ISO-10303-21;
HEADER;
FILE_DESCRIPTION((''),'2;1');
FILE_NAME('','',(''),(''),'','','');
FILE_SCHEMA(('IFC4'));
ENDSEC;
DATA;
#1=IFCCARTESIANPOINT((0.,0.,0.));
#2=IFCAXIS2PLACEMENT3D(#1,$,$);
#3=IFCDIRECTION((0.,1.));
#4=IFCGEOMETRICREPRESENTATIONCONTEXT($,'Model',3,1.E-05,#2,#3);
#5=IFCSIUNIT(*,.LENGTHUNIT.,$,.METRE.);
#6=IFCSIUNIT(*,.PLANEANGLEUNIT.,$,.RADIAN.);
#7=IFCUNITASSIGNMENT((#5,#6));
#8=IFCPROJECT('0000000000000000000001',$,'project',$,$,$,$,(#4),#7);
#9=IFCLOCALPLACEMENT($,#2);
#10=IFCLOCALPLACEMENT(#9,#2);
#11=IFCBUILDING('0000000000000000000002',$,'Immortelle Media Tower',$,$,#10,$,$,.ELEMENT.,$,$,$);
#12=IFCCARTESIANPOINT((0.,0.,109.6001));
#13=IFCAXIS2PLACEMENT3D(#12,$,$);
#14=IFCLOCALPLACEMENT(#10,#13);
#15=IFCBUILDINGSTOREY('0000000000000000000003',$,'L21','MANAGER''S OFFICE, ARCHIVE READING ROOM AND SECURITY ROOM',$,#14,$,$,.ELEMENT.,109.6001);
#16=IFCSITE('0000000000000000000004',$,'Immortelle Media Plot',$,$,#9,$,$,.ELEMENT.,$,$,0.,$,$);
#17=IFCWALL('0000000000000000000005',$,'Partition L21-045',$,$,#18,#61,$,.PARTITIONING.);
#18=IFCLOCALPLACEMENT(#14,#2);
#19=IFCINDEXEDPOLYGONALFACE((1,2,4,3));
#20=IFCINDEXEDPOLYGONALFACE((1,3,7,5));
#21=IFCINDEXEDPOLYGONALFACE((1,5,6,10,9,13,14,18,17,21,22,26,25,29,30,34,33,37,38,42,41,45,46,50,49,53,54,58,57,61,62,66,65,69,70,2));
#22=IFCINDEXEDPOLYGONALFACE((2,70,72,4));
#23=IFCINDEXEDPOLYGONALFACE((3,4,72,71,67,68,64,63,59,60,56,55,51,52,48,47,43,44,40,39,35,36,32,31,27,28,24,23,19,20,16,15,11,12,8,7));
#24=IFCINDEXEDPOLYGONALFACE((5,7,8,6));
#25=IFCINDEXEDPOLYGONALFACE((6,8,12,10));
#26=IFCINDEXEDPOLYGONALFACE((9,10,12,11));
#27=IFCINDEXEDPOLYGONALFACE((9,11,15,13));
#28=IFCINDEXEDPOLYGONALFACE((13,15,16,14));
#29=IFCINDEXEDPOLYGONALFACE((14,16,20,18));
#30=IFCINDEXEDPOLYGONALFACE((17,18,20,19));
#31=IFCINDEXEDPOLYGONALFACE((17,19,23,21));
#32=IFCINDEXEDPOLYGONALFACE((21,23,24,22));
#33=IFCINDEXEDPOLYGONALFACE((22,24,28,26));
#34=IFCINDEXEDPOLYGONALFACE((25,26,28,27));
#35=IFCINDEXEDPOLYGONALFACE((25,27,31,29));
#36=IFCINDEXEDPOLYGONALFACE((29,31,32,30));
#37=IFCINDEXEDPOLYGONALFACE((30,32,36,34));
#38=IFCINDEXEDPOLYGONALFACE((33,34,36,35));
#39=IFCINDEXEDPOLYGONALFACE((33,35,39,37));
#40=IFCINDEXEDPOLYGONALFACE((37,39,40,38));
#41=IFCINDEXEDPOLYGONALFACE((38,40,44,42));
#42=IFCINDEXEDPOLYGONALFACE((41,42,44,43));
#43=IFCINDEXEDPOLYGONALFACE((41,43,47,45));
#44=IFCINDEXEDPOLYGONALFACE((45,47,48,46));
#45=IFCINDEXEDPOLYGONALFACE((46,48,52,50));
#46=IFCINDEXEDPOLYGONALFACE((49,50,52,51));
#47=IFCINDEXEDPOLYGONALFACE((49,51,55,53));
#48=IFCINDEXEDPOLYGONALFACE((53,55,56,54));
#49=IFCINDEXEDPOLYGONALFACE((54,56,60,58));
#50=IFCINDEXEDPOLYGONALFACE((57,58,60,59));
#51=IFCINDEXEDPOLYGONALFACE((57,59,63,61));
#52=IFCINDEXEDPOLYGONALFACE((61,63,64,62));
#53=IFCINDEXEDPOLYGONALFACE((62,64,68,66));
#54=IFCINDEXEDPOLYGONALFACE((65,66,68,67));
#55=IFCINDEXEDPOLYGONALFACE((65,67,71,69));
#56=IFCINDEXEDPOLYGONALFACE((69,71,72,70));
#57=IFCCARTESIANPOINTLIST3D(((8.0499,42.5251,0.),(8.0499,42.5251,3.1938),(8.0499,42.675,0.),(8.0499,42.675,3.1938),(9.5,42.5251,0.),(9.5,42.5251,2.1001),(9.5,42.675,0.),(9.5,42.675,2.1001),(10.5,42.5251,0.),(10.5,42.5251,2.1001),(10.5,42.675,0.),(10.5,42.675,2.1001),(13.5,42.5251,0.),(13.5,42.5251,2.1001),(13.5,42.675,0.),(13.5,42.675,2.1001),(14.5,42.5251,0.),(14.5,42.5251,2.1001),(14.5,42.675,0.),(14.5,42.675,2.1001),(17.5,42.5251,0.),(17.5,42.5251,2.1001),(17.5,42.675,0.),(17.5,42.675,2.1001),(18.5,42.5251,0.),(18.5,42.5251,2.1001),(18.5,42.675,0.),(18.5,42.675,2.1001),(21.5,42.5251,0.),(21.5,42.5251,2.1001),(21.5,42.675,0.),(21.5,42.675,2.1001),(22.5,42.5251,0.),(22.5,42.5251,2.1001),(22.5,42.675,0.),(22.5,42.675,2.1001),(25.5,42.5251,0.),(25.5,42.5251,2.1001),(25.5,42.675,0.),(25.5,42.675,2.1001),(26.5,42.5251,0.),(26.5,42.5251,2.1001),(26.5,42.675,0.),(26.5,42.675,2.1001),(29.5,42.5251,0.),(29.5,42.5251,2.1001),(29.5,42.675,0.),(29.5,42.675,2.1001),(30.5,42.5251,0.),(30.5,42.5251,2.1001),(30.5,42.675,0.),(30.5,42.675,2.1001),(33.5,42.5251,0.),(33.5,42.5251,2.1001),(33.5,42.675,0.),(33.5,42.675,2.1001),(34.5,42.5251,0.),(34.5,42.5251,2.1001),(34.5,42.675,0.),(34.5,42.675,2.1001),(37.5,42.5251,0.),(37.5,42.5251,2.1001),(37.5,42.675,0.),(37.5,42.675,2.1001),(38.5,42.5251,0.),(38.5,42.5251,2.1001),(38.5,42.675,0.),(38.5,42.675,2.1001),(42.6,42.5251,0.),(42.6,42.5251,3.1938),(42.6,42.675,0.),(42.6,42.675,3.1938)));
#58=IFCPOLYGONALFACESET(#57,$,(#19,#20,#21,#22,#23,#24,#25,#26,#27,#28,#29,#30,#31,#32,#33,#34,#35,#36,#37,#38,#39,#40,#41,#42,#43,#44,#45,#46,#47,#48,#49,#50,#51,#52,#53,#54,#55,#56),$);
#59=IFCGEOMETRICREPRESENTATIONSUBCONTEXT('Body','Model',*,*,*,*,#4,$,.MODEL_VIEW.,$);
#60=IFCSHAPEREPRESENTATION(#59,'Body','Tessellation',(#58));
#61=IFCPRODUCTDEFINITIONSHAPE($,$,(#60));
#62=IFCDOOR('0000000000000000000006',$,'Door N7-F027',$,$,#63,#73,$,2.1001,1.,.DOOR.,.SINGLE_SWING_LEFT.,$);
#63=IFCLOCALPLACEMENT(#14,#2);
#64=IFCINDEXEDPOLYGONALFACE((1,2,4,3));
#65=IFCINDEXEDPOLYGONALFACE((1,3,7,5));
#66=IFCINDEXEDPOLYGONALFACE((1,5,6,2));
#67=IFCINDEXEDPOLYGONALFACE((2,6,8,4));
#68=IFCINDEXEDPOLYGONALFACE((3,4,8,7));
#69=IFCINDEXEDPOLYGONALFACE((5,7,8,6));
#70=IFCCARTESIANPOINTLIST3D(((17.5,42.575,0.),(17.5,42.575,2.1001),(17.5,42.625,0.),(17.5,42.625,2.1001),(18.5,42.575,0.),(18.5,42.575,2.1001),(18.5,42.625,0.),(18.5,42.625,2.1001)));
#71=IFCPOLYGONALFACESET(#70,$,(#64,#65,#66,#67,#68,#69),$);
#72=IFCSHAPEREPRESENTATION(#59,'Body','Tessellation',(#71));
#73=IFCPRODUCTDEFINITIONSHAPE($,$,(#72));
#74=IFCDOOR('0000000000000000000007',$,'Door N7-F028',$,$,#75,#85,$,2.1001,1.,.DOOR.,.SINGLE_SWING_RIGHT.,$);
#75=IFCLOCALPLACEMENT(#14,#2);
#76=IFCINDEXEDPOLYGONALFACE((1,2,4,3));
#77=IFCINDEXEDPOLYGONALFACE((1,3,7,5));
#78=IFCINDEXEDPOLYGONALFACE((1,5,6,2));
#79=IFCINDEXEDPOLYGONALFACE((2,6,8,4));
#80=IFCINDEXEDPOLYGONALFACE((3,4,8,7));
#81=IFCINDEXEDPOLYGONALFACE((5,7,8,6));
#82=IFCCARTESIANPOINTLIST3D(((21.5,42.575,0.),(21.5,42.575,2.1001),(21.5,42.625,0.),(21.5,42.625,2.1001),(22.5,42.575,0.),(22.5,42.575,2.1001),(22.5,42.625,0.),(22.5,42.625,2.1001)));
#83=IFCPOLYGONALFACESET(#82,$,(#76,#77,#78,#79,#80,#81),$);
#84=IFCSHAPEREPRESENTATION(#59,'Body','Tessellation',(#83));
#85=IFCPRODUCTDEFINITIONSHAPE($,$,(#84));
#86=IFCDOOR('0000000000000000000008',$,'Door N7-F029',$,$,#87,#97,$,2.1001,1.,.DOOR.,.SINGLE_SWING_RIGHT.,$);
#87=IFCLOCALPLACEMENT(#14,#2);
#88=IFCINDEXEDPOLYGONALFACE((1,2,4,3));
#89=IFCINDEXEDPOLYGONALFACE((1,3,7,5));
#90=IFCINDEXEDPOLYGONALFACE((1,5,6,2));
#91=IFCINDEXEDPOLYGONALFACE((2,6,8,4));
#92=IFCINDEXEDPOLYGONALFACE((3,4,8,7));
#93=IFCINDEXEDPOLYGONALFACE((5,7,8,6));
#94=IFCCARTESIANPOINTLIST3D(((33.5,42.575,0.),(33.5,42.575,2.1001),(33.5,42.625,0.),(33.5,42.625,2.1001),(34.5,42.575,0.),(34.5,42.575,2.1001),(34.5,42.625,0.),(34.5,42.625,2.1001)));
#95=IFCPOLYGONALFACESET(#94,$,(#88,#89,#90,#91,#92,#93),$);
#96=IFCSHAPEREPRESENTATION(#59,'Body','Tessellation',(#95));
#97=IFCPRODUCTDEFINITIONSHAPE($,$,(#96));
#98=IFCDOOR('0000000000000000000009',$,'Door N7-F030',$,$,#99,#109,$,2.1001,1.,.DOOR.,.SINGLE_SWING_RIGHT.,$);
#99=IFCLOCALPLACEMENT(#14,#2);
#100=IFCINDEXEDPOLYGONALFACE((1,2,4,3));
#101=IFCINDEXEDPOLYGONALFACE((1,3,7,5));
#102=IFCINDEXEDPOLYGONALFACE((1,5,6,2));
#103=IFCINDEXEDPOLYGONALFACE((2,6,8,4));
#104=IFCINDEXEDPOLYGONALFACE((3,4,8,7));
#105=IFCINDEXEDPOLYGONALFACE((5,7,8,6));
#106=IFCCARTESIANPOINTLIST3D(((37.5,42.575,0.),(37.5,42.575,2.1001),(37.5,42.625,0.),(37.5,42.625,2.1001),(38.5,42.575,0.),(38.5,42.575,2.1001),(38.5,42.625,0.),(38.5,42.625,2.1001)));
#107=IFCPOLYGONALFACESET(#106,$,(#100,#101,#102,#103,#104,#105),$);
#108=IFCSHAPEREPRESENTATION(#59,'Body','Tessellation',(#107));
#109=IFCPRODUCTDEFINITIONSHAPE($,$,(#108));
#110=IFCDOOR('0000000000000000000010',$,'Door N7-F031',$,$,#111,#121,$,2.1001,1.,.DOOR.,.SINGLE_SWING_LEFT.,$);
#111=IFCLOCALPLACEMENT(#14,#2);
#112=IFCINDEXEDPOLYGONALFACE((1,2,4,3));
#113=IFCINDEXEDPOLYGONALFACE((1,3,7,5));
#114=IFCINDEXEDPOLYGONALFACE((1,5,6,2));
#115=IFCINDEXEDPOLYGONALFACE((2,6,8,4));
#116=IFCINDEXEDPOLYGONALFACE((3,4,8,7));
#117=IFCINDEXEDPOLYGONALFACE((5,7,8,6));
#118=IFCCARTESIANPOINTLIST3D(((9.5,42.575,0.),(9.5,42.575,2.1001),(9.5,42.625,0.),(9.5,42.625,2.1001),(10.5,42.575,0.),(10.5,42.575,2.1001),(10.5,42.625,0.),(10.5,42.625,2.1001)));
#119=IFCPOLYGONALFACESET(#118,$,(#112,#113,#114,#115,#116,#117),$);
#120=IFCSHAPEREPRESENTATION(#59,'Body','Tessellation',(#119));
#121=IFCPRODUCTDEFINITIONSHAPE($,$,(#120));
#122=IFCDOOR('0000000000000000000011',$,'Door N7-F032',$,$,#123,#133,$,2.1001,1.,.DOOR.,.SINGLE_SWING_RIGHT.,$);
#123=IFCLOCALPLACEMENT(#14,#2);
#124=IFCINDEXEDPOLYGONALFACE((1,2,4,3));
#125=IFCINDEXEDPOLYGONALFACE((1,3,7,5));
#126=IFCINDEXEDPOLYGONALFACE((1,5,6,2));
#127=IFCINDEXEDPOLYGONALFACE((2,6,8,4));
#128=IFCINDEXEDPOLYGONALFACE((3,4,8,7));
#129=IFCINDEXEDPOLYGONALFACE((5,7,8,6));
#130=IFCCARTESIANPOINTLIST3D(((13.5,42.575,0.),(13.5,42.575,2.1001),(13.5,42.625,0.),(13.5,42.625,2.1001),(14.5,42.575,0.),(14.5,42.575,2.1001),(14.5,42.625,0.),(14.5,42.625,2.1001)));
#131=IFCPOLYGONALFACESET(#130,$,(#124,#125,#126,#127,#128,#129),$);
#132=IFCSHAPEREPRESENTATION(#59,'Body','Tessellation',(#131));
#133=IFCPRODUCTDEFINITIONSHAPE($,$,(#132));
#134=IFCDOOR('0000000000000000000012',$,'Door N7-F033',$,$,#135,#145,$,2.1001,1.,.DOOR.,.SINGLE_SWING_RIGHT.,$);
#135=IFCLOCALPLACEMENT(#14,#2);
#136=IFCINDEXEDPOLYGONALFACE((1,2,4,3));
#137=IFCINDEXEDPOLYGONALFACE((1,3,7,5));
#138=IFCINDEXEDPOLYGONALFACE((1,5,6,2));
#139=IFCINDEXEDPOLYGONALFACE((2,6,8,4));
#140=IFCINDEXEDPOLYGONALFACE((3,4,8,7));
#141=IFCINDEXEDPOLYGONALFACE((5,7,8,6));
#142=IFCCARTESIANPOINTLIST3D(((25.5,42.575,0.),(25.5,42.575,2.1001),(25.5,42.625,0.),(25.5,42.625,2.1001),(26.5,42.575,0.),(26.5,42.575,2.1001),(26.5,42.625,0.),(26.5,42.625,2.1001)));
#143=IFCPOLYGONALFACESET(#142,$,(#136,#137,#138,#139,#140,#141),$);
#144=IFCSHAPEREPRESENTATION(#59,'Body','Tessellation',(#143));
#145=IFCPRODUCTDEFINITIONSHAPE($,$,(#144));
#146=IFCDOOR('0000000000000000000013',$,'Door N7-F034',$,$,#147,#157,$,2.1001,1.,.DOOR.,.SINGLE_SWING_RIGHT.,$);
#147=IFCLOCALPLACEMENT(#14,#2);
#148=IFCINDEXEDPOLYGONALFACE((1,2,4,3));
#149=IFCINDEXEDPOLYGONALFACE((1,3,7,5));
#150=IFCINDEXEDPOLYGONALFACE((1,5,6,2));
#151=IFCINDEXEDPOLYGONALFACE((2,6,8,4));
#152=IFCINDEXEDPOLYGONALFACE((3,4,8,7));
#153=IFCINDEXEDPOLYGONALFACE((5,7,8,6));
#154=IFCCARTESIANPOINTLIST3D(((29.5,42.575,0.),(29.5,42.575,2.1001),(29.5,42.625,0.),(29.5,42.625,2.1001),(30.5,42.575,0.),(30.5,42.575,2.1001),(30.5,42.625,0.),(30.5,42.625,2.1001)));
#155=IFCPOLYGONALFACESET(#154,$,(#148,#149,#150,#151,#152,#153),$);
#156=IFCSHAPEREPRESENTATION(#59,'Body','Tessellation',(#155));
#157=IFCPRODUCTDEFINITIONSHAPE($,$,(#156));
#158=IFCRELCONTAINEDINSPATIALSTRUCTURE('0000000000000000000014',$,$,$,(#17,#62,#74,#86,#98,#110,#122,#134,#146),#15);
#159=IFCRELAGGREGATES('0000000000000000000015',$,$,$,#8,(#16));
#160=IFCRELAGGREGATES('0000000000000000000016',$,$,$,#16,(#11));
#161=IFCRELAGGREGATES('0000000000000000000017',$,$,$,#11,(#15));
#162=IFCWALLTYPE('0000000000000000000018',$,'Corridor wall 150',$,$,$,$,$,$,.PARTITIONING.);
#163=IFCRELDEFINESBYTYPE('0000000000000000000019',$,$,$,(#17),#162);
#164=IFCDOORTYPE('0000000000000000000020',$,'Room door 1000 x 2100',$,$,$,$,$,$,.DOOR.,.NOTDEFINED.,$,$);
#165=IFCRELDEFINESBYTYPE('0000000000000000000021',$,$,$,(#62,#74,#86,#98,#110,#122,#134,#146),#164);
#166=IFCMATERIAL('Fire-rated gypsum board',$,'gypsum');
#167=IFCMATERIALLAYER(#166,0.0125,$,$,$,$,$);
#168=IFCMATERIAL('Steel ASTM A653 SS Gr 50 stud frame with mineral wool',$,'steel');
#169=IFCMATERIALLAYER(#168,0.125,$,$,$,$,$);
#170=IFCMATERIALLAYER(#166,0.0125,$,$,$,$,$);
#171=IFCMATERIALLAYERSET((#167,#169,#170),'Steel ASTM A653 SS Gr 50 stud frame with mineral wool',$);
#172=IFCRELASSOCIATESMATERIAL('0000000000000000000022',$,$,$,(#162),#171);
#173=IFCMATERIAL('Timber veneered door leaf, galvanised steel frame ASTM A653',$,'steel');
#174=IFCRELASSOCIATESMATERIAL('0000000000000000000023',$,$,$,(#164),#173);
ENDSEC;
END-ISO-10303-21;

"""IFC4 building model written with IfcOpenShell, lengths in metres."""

from ifc_helpers import new_model, si_unit, direction, frame, frame_2d, origin, place, context, subcontext, project, spatial, rectangle, extrude, material, layer, layer_set, type_object, element, fill, save


model = new_model("IFC4")

# Units and contexts
model_context = context("Model", 3, precision=1e-05, world=origin(), true_north=direction((0.0, 1.0)))
body_context = subcontext(model_context, "Body", "Model", "MODEL_VIEW")
ifc_project = project(units=[si_unit("LENGTHUNIT", "METRE"), si_unit("PLANEANGLEUNIT", "RADIAN")], contexts=[model_context])

# Site, building, storey
site_placement = place(None, origin())
site = spatial("IfcSite", under=ifc_project, at=site_placement, Name="Immortelle Media Plot", CompositionType="ELEMENT", RefElevation=0.0)
building_placement = place(site_placement, origin())
building = spatial("IfcBuilding", under=site, at=building_placement, Name="Immortelle Media Tower", CompositionType="ELEMENT")
storey_placement = place(building_placement, frame((0.0, 0.0, 109.6001)))
storey = spatial("IfcBuildingStorey", under=building, at=storey_placement, Name="L21", Description="MANAGER'S OFFICE, ARCHIVE READING ROOM AND SECURITY ROOM", CompositionType="ELEMENT", Elevation=109.6001)

# Wall, openings, doors
ifc_material_1 = material(Name="Fire-rated gypsum board", Category="gypsum")
ifc_layer_1 = layer(ifc_material_1, 0.0125)
ifc_material_2 = material(Name="Steel ASTM A653 SS Gr 50 stud frame with mineral wool", Category="steel")
ifc_layer_2 = layer(ifc_material_2, 0.125)
ifc_layer_3 = layer(ifc_material_1, 0.0125)
ifc_layer_set_1 = layer_set([ifc_layer_1, ifc_layer_2, ifc_layer_3], Name="Steel ASTM A653 SS Gr 50 stud frame with mineral wool")
wall_type_1 = type_object("IfcWallType", Name="Corridor wall 150", PredefinedType="PARTITIONING", material=ifc_layer_set_1)
wall_1_placement = place(storey_placement, frame((8.05, 42.6001, 0.0), z_axis=(0.0, 0.0, 1.0), x_axis=(1.0, 0.0, 0.0)))
wall_1 = element("IfcWall", 1, at=wall_1_placement, inside=storey, type_object=wall_type_1, Name="Partition L21-045", PredefinedType="PARTITIONING", context=body_context, shape_type="SweptSolid", body=[
    extrude(rectangle(XDim=34.55, YDim=0.1499, at=frame_2d((17.2749, 0.0))), origin(), (0.0, 0.0, 1.0), 3.1938),
])
opening_1_placement = place(wall_1_placement, frame((9.45, 0.0, 0.0)))
opening_1 = element("IfcOpeningElement", 2, at=opening_1_placement, cuts=wall_1, PredefinedType="OPENING", context=body_context, shape_type="SweptSolid", body=[
    extrude(rectangle(XDim=1.0, YDim=2.1001, at=frame_2d((0.5, 1.05))), frame((0.0, 0.085, 0.0), z_axis=(0.0, -1.0, 0.0), x_axis=(1.0, 0.0, 0.0)), (0.0, 0.0, 1.0), 0.1699),
])
opening_2_placement = place(wall_1_placement, frame((13.45, 0.0, 0.0)))
opening_2 = element("IfcOpeningElement", 3, at=opening_2_placement, cuts=wall_1, PredefinedType="OPENING", context=body_context, shape_type="SweptSolid", body=[
    extrude(rectangle(XDim=1.0, YDim=2.1001, at=frame_2d((0.5, 1.05))), frame((0.0, 0.085, 0.0), z_axis=(0.0, -1.0, 0.0), x_axis=(1.0, 0.0, 0.0)), (0.0, 0.0, 1.0), 0.1699),
])
opening_3_placement = place(wall_1_placement, frame((25.45, 0.0, 0.0)))
opening_3 = element("IfcOpeningElement", 4, at=opening_3_placement, cuts=wall_1, PredefinedType="OPENING", context=body_context, shape_type="SweptSolid", body=[
    extrude(rectangle(XDim=1.0, YDim=2.1001, at=frame_2d((0.5, 1.05))), frame((0.0, 0.085, 0.0), z_axis=(0.0, -1.0, 0.0), x_axis=(1.0, 0.0, 0.0)), (0.0, 0.0, 1.0), 0.1699),
])
opening_4_placement = place(wall_1_placement, frame((29.45, 0.0, 0.0)))
opening_4 = element("IfcOpeningElement", 5, at=opening_4_placement, cuts=wall_1, PredefinedType="OPENING", context=body_context, shape_type="SweptSolid", body=[
    extrude(rectangle(XDim=1.0, YDim=2.1001, at=frame_2d((0.5, 1.05))), frame((0.0, 0.085, 0.0), z_axis=(0.0, -1.0, 0.0), x_axis=(1.0, 0.0, 0.0)), (0.0, 0.0, 1.0), 0.1699),
])
opening_5_placement = place(wall_1_placement, frame((1.45, 0.0, 0.0)))
opening_5 = element("IfcOpeningElement", 6, at=opening_5_placement, cuts=wall_1, PredefinedType="OPENING", context=body_context, shape_type="SweptSolid", body=[
    extrude(rectangle(XDim=1.0, YDim=2.1001, at=frame_2d((0.5, 1.05))), frame((0.0, 0.085, 0.0), z_axis=(0.0, -1.0, 0.0), x_axis=(1.0, 0.0, 0.0)), (0.0, 0.0, 1.0), 0.1699),
])
opening_6_placement = place(wall_1_placement, frame((5.45, 0.0, 0.0)))
opening_6 = element("IfcOpeningElement", 7, at=opening_6_placement, cuts=wall_1, PredefinedType="OPENING", context=body_context, shape_type="SweptSolid", body=[
    extrude(rectangle(XDim=1.0, YDim=2.1001, at=frame_2d((0.5, 1.05))), frame((0.0, 0.085, 0.0), z_axis=(0.0, -1.0, 0.0), x_axis=(1.0, 0.0, 0.0)), (0.0, 0.0, 1.0), 0.1699),
])
opening_7_placement = place(wall_1_placement, frame((17.45, 0.0, 0.0)))
opening_7 = element("IfcOpeningElement", 8, at=opening_7_placement, cuts=wall_1, PredefinedType="OPENING", context=body_context, shape_type="SweptSolid", body=[
    extrude(rectangle(XDim=1.0, YDim=2.1001, at=frame_2d((0.5, 1.05))), frame((0.0, 0.085, 0.0), z_axis=(0.0, -1.0, 0.0), x_axis=(1.0, 0.0, 0.0)), (0.0, 0.0, 1.0), 0.1699),
])
opening_8_placement = place(wall_1_placement, frame((21.45, 0.0, 0.0)))
opening_8 = element("IfcOpeningElement", 9, at=opening_8_placement, cuts=wall_1, PredefinedType="OPENING", context=body_context, shape_type="SweptSolid", body=[
    extrude(rectangle(XDim=1.0, YDim=2.1001, at=frame_2d((0.5, 1.05))), frame((0.0, 0.085, 0.0), z_axis=(0.0, -1.0, 0.0), x_axis=(1.0, 0.0, 0.0)), (0.0, 0.0, 1.0), 0.1699),
])
ifc_material_3 = material(Name="Timber veneered door leaf, galvanised steel frame ASTM A653", Category="steel")
door_type = type_object("IfcDoorType", Name="Room door 1000 x 2100", OperationType="NOTDEFINED", PredefinedType="DOOR", material=ifc_material_3)
door_1_placement = place(opening_1_placement, origin())
door_1 = element("IfcDoor", 10, at=door_1_placement, inside=storey, type_object=door_type, Name="Door N7-F027", OperationType="SINGLE_SWING_LEFT", OverallHeight=2.1001, OverallWidth=1.0, PredefinedType="DOOR", context=body_context, shape_type="SweptSolid", body=[
    extrude(rectangle(XDim=1.0, YDim=2.1001, at=frame_2d((0.5, 1.05))), frame((0.0, 0.0249, 0.0), z_axis=(0.0, -1.0, 0.0), x_axis=(1.0, 0.0, 0.0)), (0.0, 0.0, 1.0), 0.05),
])
fill(opening_1, door_1)
door_2_placement = place(opening_2_placement, origin())
door_2 = element("IfcDoor", 11, at=door_2_placement, inside=storey, type_object=door_type, Name="Door N7-F028", OperationType="SINGLE_SWING_RIGHT", OverallHeight=2.1001, OverallWidth=1.0, PredefinedType="DOOR", context=body_context, shape_type="SweptSolid", body=[
    extrude(rectangle(XDim=1.0, YDim=2.1001, at=frame_2d((0.5, 1.05))), frame((0.0, 0.0249, 0.0), z_axis=(0.0, -1.0, 0.0), x_axis=(1.0, 0.0, 0.0)), (0.0, 0.0, 1.0), 0.05),
])
fill(opening_2, door_2)
door_3_placement = place(opening_3_placement, origin())
door_3 = element("IfcDoor", 12, at=door_3_placement, inside=storey, type_object=door_type, Name="Door N7-F029", OperationType="SINGLE_SWING_RIGHT", OverallHeight=2.1001, OverallWidth=1.0, PredefinedType="DOOR", context=body_context, shape_type="SweptSolid", body=[
    extrude(rectangle(XDim=1.0, YDim=2.1001, at=frame_2d((0.5, 1.05))), frame((0.0, 0.0249, 0.0), z_axis=(0.0, -1.0, 0.0), x_axis=(1.0, 0.0, 0.0)), (0.0, 0.0, 1.0), 0.05),
])
fill(opening_3, door_3)
door_4_placement = place(opening_4_placement, origin())
door_4 = element("IfcDoor", 13, at=door_4_placement, inside=storey, type_object=door_type, Name="Door N7-F030", OperationType="SINGLE_SWING_RIGHT", OverallHeight=2.1001, OverallWidth=1.0, PredefinedType="DOOR", context=body_context, shape_type="SweptSolid", body=[
    extrude(rectangle(XDim=1.0, YDim=2.1001, at=frame_2d((0.5, 1.05))), frame((0.0, 0.0249, 0.0), z_axis=(0.0, -1.0, 0.0), x_axis=(1.0, 0.0, 0.0)), (0.0, 0.0, 1.0), 0.05),
])
fill(opening_4, door_4)
door_5_placement = place(opening_5_placement, origin())
door_5 = element("IfcDoor", 14, at=door_5_placement, inside=storey, type_object=door_type, Name="Door N7-F031", OperationType="SINGLE_SWING_LEFT", OverallHeight=2.1001, OverallWidth=1.0, PredefinedType="DOOR", context=body_context, shape_type="SweptSolid", body=[
    extrude(rectangle(XDim=1.0, YDim=2.1001, at=frame_2d((0.5, 1.05))), frame((0.0, 0.0249, 0.0), z_axis=(0.0, -1.0, 0.0), x_axis=(1.0, 0.0, 0.0)), (0.0, 0.0, 1.0), 0.05),
])
fill(opening_5, door_5)
door_6_placement = place(opening_6_placement, origin())
door_6 = element("IfcDoor", 15, at=door_6_placement, inside=storey, type_object=door_type, Name="Door N7-F032", OperationType="SINGLE_SWING_RIGHT", OverallHeight=2.1001, OverallWidth=1.0, PredefinedType="DOOR", context=body_context, shape_type="SweptSolid", body=[
    extrude(rectangle(XDim=1.0, YDim=2.1001, at=frame_2d((0.5, 1.05))), frame((0.0, 0.0249, 0.0), z_axis=(0.0, -1.0, 0.0), x_axis=(1.0, 0.0, 0.0)), (0.0, 0.0, 1.0), 0.05),
])
fill(opening_6, door_6)
door_7_placement = place(opening_7_placement, origin())
door_7 = element("IfcDoor", 16, at=door_7_placement, inside=storey, type_object=door_type, Name="Door N7-F033", OperationType="SINGLE_SWING_RIGHT", OverallHeight=2.1001, OverallWidth=1.0, PredefinedType="DOOR", context=body_context, shape_type="SweptSolid", body=[
    extrude(rectangle(XDim=1.0, YDim=2.1001, at=frame_2d((0.5, 1.05))), frame((0.0, 0.0249, 0.0), z_axis=(0.0, -1.0, 0.0), x_axis=(1.0, 0.0, 0.0)), (0.0, 0.0, 1.0), 0.05),
])
fill(opening_7, door_7)
door_8_placement = place(opening_8_placement, origin())
door_8 = element("IfcDoor", 17, at=door_8_placement, inside=storey, type_object=door_type, Name="Door N7-F034", OperationType="SINGLE_SWING_RIGHT", OverallHeight=2.1001, OverallWidth=1.0, PredefinedType="DOOR", context=body_context, shape_type="SweptSolid", body=[
    extrude(rectangle(XDim=1.0, YDim=2.1001, at=frame_2d((0.5, 1.05))), frame((0.0, 0.0249, 0.0), z_axis=(0.0, -1.0, 0.0), x_axis=(1.0, 0.0, 0.0)), (0.0, 0.0, 1.0), 0.05),
])
fill(opening_8, door_8)

save(model, "model.ifc")
